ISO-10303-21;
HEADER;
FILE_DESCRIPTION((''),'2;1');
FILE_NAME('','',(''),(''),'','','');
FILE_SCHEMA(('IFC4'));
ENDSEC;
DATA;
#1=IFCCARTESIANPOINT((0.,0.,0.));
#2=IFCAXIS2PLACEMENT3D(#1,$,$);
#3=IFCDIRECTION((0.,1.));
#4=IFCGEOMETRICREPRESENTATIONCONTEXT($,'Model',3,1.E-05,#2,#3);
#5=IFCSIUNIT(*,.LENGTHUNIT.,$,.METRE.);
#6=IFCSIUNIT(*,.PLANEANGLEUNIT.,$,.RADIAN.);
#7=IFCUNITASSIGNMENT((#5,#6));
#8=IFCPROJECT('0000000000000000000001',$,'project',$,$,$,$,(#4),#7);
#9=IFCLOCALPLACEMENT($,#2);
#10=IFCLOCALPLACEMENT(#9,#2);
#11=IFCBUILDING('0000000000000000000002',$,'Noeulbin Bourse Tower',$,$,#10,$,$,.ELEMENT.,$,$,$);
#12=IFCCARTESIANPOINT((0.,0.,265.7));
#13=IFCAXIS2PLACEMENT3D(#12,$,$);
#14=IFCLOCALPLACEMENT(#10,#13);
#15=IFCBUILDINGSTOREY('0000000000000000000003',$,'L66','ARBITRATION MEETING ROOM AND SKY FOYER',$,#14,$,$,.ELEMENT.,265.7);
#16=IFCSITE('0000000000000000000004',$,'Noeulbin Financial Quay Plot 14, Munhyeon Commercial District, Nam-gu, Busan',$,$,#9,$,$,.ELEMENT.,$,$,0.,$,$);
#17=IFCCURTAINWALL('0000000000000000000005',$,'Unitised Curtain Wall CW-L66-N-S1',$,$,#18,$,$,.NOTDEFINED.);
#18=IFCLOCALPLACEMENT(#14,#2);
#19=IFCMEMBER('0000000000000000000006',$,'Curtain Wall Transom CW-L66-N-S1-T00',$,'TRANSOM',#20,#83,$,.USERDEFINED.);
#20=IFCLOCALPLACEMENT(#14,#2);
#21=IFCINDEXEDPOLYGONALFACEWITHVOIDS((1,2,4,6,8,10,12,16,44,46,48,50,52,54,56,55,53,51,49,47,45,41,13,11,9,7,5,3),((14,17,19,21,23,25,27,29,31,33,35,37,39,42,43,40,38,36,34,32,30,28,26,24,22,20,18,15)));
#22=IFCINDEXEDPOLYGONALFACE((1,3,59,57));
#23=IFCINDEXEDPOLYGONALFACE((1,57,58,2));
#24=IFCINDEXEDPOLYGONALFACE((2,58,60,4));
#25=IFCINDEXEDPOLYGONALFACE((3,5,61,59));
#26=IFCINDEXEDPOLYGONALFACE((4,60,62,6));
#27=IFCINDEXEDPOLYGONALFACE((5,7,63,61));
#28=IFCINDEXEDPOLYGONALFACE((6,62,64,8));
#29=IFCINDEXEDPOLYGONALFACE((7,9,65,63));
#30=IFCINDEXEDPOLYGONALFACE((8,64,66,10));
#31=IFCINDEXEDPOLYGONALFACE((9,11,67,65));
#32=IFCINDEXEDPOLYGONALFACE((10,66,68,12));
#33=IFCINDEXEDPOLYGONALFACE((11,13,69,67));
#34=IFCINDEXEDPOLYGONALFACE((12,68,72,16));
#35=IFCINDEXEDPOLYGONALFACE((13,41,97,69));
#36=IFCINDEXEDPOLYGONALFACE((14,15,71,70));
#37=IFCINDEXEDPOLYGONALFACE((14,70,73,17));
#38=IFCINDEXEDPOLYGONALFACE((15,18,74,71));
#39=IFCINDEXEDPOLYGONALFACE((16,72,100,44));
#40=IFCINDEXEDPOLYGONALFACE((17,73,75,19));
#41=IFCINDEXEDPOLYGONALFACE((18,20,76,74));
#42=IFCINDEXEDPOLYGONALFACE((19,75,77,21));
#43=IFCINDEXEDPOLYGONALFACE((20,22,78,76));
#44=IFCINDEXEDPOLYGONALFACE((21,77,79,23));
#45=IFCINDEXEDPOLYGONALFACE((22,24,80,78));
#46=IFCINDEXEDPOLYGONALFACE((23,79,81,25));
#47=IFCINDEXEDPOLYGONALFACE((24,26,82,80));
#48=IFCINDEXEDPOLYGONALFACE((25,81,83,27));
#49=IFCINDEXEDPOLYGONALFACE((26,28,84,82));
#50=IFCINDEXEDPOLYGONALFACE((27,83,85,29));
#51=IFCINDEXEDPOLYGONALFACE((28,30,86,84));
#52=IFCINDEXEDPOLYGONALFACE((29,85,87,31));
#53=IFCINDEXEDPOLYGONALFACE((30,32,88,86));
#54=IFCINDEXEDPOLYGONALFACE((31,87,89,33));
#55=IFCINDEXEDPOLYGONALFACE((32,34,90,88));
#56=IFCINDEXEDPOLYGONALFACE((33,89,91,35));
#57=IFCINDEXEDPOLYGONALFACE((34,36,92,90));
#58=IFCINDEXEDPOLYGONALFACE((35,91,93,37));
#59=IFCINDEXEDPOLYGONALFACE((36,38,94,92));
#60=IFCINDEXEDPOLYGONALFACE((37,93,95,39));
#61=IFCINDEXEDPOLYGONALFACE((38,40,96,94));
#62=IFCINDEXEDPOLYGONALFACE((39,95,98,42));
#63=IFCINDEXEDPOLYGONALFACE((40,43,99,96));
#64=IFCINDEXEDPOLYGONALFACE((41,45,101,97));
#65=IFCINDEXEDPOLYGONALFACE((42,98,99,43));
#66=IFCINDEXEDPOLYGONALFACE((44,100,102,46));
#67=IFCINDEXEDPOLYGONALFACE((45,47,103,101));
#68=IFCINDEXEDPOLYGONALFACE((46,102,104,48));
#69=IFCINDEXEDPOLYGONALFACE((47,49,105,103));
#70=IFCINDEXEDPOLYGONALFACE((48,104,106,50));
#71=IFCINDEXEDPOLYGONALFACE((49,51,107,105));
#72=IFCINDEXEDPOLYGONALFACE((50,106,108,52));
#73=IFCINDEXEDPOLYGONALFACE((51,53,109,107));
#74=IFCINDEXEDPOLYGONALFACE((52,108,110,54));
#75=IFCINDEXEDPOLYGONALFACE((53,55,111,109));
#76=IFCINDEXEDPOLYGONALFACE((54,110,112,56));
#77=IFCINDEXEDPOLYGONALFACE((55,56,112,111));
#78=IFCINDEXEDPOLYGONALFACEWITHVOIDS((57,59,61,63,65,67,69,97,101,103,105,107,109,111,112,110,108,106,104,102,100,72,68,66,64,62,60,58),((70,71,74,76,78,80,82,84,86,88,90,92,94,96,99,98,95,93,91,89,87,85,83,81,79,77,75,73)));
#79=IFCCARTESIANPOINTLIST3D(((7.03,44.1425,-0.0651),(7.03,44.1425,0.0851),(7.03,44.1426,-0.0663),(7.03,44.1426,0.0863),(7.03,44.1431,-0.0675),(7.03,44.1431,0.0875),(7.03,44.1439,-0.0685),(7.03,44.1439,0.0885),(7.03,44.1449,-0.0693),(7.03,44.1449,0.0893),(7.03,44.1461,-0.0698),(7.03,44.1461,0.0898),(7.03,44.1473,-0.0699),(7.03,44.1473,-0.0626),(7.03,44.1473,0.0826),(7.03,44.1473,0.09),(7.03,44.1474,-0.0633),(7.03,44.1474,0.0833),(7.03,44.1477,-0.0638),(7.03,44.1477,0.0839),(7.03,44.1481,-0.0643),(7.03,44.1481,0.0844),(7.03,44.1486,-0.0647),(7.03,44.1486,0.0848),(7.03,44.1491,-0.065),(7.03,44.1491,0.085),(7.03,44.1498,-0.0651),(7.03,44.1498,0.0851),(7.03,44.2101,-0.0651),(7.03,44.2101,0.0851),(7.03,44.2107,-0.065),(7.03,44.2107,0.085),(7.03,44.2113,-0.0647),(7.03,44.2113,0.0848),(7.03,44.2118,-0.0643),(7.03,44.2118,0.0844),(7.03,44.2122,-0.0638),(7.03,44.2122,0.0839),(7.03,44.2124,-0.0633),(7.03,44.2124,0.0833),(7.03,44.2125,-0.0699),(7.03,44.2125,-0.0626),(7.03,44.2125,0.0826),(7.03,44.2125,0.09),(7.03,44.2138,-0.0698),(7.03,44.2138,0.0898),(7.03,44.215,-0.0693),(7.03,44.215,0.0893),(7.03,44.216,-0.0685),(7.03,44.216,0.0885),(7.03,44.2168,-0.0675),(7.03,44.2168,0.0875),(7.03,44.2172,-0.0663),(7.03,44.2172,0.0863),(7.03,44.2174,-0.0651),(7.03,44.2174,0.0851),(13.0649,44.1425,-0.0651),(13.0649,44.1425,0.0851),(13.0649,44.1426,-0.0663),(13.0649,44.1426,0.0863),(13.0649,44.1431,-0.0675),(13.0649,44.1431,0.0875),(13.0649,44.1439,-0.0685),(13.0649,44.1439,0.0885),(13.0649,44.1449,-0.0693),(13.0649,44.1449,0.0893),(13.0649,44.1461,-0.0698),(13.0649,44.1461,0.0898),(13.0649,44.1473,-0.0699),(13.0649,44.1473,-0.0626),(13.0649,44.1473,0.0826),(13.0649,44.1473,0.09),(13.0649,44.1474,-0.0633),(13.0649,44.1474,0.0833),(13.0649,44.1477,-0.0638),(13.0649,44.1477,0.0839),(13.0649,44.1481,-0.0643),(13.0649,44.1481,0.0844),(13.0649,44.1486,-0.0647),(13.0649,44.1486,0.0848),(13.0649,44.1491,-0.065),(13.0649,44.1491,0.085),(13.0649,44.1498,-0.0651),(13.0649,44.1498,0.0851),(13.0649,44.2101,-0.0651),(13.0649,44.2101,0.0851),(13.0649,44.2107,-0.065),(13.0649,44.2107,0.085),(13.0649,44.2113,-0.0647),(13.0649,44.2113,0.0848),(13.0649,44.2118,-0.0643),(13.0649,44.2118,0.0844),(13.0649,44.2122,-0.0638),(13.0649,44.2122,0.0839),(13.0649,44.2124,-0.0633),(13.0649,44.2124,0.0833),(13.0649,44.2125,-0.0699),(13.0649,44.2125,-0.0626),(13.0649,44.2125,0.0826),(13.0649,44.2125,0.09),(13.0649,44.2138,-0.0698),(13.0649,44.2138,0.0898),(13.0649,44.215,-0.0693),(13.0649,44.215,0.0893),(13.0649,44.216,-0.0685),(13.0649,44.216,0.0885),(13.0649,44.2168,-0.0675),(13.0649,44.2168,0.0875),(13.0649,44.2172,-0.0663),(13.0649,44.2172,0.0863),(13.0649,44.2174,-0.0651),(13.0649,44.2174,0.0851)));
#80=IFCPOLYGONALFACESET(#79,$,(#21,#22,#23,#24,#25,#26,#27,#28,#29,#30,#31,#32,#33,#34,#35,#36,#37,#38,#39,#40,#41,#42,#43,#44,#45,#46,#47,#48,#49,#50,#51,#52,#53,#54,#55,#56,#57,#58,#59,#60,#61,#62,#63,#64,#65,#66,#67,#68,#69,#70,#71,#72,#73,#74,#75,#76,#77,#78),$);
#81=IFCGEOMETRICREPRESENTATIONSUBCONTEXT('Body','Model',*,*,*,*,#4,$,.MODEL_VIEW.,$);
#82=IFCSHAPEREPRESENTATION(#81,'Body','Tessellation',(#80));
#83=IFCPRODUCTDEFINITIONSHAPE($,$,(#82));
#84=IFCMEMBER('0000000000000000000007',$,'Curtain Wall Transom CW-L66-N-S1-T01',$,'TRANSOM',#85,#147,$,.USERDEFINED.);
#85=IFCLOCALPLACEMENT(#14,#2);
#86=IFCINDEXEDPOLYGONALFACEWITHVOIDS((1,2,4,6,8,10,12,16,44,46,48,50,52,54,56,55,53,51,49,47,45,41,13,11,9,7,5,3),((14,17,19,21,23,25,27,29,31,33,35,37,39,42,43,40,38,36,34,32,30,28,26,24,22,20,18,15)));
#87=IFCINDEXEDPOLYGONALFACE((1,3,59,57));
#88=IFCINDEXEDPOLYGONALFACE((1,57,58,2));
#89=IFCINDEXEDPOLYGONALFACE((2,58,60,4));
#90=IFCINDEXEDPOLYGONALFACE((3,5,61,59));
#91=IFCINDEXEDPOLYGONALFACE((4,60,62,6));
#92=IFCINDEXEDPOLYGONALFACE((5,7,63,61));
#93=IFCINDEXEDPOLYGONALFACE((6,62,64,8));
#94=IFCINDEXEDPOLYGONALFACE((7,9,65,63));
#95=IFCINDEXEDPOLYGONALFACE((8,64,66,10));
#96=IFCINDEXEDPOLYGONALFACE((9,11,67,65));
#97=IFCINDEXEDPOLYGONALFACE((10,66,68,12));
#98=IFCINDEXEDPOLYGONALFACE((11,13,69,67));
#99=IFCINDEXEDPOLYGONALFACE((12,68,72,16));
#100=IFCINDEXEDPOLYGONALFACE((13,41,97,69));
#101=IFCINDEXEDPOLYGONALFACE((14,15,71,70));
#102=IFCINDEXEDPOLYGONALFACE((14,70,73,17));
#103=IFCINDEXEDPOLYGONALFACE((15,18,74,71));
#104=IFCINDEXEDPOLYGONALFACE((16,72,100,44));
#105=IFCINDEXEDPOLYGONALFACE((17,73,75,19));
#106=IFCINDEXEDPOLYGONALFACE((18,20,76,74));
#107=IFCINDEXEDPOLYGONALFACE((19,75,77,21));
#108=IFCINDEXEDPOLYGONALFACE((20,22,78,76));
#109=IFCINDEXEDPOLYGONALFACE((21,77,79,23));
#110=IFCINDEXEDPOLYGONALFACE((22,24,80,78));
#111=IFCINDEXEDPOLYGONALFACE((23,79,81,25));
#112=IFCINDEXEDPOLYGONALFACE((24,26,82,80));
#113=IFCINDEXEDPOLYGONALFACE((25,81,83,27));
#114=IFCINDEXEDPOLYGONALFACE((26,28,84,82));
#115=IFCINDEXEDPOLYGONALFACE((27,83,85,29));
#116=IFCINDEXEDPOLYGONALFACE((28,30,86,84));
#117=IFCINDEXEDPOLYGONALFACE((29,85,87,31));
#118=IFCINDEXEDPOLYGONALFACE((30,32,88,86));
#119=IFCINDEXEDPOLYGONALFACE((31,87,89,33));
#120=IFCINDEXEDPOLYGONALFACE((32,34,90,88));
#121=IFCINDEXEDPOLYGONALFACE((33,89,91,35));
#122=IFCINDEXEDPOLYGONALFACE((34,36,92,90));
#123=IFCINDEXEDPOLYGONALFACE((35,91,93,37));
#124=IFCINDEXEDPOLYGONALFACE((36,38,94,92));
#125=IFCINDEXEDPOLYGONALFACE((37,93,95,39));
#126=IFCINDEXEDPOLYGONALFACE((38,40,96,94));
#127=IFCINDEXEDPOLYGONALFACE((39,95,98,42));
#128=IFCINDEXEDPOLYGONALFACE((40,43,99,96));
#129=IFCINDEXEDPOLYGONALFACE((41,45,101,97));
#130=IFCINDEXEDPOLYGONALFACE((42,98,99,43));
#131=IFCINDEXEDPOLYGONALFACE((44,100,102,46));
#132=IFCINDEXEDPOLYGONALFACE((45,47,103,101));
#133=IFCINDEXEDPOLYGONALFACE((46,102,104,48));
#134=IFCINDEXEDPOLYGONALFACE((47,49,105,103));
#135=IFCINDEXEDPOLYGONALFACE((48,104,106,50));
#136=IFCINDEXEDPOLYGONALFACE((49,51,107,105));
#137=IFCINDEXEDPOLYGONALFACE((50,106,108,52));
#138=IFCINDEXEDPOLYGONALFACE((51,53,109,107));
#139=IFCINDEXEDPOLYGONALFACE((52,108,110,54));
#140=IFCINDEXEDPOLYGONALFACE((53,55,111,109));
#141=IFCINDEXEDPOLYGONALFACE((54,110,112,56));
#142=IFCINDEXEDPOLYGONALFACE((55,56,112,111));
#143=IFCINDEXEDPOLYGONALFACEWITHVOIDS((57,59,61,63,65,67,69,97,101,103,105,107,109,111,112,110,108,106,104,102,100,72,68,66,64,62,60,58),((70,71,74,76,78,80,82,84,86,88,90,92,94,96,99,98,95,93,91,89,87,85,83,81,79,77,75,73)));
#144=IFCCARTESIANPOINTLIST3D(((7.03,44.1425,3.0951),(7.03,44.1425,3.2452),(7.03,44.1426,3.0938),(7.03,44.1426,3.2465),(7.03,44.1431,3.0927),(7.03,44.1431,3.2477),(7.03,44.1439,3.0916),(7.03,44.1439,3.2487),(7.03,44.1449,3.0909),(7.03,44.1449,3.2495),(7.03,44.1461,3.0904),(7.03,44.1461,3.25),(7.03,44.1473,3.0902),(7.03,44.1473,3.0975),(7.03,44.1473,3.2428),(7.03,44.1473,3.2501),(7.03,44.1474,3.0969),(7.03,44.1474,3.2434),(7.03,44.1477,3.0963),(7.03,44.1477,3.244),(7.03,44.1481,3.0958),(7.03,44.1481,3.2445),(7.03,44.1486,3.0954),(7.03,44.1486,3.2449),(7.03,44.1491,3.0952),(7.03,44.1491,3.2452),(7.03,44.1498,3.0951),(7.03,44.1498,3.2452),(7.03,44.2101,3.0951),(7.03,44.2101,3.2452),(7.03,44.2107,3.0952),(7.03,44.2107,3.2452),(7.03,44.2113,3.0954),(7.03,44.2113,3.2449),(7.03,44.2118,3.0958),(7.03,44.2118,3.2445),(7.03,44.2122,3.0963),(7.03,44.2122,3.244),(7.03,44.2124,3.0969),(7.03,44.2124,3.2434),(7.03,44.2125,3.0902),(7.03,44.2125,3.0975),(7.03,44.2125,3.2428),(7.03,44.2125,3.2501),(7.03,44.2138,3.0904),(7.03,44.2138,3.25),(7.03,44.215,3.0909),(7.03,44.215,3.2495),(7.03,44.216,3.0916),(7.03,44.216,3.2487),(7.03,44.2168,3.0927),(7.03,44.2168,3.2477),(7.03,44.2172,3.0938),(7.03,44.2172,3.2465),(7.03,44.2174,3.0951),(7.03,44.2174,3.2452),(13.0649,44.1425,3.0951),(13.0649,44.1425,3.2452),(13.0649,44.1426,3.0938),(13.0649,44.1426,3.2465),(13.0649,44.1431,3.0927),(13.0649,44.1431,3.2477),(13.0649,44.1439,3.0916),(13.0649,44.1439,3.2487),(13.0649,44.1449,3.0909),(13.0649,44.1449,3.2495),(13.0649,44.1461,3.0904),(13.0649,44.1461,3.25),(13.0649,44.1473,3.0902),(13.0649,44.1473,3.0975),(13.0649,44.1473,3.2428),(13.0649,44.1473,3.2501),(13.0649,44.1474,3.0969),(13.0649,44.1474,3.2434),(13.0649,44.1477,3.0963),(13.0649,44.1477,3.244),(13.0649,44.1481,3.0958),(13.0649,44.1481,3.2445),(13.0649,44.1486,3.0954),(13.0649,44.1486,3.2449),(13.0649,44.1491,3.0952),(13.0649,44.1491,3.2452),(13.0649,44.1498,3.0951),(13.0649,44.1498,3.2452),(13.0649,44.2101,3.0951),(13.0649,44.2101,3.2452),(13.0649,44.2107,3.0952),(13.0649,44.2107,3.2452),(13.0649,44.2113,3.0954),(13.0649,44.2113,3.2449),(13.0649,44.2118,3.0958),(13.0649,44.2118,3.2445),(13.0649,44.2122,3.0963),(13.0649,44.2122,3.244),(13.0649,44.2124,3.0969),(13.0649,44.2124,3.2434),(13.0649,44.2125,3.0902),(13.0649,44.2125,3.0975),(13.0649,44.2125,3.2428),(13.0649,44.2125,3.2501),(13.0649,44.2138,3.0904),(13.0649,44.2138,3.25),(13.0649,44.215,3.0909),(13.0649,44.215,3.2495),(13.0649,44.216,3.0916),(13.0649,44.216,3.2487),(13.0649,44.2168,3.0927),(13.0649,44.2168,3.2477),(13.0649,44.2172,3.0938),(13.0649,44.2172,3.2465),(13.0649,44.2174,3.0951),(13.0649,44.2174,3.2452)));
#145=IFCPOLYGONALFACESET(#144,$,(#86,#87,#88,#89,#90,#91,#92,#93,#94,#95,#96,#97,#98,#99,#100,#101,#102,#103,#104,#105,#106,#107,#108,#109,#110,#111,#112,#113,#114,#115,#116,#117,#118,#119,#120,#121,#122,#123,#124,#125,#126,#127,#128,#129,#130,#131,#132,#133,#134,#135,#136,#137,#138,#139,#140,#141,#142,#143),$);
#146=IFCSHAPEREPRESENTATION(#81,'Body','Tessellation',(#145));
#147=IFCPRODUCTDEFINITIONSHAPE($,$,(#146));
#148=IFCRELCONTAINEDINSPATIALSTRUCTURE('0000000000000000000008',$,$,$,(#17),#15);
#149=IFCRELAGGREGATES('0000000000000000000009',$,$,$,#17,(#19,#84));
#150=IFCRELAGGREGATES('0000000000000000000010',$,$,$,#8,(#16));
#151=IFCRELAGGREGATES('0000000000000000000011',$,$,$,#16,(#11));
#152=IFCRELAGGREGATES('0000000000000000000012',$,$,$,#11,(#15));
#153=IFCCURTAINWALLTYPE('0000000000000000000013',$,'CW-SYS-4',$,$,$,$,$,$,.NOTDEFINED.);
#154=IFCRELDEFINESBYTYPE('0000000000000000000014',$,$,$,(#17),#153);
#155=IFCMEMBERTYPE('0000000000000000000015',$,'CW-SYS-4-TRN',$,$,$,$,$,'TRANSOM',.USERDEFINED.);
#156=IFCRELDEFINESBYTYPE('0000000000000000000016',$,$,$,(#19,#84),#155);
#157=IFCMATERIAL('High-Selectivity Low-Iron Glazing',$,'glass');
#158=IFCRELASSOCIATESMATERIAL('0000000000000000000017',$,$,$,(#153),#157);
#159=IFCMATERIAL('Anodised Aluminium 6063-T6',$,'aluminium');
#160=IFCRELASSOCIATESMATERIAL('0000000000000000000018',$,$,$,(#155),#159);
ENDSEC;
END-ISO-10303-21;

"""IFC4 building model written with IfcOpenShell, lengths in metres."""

from ifc_helpers import new_model, si_unit, direction, frame, origin, origin_2d, place, context, subcontext, project, spatial, hollow_rectangle, extrude, material, material_profile, profile_set, type_object, element, aggregate, save


model = new_model("IFC4")

# Units and contexts
model_context = context("Model", 3, precision=1e-05, world=origin(), true_north=direction((0.0, 1.0)))
body_context = subcontext(model_context, "Body", "Model", "MODEL_VIEW")
ifc_project = project(units=[si_unit("LENGTHUNIT", "METRE"), si_unit("PLANEANGLEUNIT", "RADIAN")], contexts=[model_context])

# Site, building, storey
site_placement = place(None, origin())
site = spatial("IfcSite", under=ifc_project, at=site_placement, Name="Noeulbin Financial Quay Plot 14, Munhyeon Commercial District, Nam-gu, Busan", CompositionType="ELEMENT", RefElevation=0.0)
building_placement = place(site_placement, origin())
building = spatial("IfcBuilding", under=site, at=building_placement, Name="Noeulbin Bourse Tower", CompositionType="ELEMENT")
storey_placement = place(building_placement, frame((0.0, 0.0, 265.7)))
storey = spatial("IfcBuildingStorey", under=building, at=storey_placement, Name="L66", Description="ARBITRATION MEETING ROOM AND SKY FOYER", CompositionType="ELEMENT", Elevation=265.7)

# Curtain wall
ifc_material_1 = material(Name="High-Selectivity Low-Iron Glazing", Category="glass")
curtain_wall_type = type_object("IfcCurtainWallType", Name="CW-SYS-4", PredefinedType="NOTDEFINED", material=ifc_material_1)
curtain_wall_1_placement = place(storey_placement, origin())
curtain_wall_1 = element("IfcCurtainWall", 1, at=curtain_wall_1_placement, inside=storey, type_object=curtain_wall_type, Name="Unitised Curtain Wall CW-L66-N-S1", PredefinedType="NOTDEFINED")
ifc_material_2 = material(Name="Anodised Aluminium 6063-T6", Category="aluminium")

# Members
ifc_material_profile_1 = material_profile(ifc_material_2, hollow_rectangle(XDim=0.075, YDim=0.1599, WallThickness=0.0049, InnerFilletRadius=0.0024, OuterFilletRadius=0.0049, at=origin_2d()), Name="ALU-TRAN-75x160x5", Category="LoadBearing")
ifc_profile_set_1 = profile_set([ifc_material_profile_1], Name="Anodised Aluminium 6063-T6")
member_type_1 = type_object("IfcMemberType", Name="CW-SYS-4-TRN", ElementType="TRANSOM", PredefinedType="USERDEFINED", material=ifc_profile_set_1)
member_1_placement = place(storey_placement, frame((7.03, 44.1799, 0.01), z_axis=(1.0, 0.0, 0.0), x_axis=(0.0, 1.0, 0.0)))
member_1 = element("IfcMember", 2, at=member_1_placement, type_object=member_type_1, Name="Curtain Wall Transom CW-L66-N-S1-T00", ObjectType="TRANSOM", PredefinedType="USERDEFINED", context=body_context, shape_type="SweptSolid", body=[
    extrude(hollow_rectangle(XDim=0.075, YDim=0.1599, WallThickness=0.0049, InnerFilletRadius=0.0024, OuterFilletRadius=0.0049, at=origin_2d()), origin(), (0.0, 0.0, 1.0), 6.0349),
])
member_2_placement = place(storey_placement, frame((7.03, 44.1799, 3.1702), z_axis=(1.0, 0.0, 0.0), x_axis=(0.0, 1.0, 0.0)))
member_2 = element("IfcMember", 3, at=member_2_placement, type_object=member_type_1, Name="Curtain Wall Transom CW-L66-N-S1-T01", ObjectType="TRANSOM", PredefinedType="USERDEFINED", context=body_context, shape_type="SweptSolid", body=[
    extrude(hollow_rectangle(XDim=0.075, YDim=0.1599, WallThickness=0.0049, InnerFilletRadius=0.0024, OuterFilletRadius=0.0049, at=origin_2d()), origin(), (0.0, 0.0, 1.0), 6.0349),
])

aggregate(curtain_wall_1, [member_1, member_2])

save(model, "model.ifc")
